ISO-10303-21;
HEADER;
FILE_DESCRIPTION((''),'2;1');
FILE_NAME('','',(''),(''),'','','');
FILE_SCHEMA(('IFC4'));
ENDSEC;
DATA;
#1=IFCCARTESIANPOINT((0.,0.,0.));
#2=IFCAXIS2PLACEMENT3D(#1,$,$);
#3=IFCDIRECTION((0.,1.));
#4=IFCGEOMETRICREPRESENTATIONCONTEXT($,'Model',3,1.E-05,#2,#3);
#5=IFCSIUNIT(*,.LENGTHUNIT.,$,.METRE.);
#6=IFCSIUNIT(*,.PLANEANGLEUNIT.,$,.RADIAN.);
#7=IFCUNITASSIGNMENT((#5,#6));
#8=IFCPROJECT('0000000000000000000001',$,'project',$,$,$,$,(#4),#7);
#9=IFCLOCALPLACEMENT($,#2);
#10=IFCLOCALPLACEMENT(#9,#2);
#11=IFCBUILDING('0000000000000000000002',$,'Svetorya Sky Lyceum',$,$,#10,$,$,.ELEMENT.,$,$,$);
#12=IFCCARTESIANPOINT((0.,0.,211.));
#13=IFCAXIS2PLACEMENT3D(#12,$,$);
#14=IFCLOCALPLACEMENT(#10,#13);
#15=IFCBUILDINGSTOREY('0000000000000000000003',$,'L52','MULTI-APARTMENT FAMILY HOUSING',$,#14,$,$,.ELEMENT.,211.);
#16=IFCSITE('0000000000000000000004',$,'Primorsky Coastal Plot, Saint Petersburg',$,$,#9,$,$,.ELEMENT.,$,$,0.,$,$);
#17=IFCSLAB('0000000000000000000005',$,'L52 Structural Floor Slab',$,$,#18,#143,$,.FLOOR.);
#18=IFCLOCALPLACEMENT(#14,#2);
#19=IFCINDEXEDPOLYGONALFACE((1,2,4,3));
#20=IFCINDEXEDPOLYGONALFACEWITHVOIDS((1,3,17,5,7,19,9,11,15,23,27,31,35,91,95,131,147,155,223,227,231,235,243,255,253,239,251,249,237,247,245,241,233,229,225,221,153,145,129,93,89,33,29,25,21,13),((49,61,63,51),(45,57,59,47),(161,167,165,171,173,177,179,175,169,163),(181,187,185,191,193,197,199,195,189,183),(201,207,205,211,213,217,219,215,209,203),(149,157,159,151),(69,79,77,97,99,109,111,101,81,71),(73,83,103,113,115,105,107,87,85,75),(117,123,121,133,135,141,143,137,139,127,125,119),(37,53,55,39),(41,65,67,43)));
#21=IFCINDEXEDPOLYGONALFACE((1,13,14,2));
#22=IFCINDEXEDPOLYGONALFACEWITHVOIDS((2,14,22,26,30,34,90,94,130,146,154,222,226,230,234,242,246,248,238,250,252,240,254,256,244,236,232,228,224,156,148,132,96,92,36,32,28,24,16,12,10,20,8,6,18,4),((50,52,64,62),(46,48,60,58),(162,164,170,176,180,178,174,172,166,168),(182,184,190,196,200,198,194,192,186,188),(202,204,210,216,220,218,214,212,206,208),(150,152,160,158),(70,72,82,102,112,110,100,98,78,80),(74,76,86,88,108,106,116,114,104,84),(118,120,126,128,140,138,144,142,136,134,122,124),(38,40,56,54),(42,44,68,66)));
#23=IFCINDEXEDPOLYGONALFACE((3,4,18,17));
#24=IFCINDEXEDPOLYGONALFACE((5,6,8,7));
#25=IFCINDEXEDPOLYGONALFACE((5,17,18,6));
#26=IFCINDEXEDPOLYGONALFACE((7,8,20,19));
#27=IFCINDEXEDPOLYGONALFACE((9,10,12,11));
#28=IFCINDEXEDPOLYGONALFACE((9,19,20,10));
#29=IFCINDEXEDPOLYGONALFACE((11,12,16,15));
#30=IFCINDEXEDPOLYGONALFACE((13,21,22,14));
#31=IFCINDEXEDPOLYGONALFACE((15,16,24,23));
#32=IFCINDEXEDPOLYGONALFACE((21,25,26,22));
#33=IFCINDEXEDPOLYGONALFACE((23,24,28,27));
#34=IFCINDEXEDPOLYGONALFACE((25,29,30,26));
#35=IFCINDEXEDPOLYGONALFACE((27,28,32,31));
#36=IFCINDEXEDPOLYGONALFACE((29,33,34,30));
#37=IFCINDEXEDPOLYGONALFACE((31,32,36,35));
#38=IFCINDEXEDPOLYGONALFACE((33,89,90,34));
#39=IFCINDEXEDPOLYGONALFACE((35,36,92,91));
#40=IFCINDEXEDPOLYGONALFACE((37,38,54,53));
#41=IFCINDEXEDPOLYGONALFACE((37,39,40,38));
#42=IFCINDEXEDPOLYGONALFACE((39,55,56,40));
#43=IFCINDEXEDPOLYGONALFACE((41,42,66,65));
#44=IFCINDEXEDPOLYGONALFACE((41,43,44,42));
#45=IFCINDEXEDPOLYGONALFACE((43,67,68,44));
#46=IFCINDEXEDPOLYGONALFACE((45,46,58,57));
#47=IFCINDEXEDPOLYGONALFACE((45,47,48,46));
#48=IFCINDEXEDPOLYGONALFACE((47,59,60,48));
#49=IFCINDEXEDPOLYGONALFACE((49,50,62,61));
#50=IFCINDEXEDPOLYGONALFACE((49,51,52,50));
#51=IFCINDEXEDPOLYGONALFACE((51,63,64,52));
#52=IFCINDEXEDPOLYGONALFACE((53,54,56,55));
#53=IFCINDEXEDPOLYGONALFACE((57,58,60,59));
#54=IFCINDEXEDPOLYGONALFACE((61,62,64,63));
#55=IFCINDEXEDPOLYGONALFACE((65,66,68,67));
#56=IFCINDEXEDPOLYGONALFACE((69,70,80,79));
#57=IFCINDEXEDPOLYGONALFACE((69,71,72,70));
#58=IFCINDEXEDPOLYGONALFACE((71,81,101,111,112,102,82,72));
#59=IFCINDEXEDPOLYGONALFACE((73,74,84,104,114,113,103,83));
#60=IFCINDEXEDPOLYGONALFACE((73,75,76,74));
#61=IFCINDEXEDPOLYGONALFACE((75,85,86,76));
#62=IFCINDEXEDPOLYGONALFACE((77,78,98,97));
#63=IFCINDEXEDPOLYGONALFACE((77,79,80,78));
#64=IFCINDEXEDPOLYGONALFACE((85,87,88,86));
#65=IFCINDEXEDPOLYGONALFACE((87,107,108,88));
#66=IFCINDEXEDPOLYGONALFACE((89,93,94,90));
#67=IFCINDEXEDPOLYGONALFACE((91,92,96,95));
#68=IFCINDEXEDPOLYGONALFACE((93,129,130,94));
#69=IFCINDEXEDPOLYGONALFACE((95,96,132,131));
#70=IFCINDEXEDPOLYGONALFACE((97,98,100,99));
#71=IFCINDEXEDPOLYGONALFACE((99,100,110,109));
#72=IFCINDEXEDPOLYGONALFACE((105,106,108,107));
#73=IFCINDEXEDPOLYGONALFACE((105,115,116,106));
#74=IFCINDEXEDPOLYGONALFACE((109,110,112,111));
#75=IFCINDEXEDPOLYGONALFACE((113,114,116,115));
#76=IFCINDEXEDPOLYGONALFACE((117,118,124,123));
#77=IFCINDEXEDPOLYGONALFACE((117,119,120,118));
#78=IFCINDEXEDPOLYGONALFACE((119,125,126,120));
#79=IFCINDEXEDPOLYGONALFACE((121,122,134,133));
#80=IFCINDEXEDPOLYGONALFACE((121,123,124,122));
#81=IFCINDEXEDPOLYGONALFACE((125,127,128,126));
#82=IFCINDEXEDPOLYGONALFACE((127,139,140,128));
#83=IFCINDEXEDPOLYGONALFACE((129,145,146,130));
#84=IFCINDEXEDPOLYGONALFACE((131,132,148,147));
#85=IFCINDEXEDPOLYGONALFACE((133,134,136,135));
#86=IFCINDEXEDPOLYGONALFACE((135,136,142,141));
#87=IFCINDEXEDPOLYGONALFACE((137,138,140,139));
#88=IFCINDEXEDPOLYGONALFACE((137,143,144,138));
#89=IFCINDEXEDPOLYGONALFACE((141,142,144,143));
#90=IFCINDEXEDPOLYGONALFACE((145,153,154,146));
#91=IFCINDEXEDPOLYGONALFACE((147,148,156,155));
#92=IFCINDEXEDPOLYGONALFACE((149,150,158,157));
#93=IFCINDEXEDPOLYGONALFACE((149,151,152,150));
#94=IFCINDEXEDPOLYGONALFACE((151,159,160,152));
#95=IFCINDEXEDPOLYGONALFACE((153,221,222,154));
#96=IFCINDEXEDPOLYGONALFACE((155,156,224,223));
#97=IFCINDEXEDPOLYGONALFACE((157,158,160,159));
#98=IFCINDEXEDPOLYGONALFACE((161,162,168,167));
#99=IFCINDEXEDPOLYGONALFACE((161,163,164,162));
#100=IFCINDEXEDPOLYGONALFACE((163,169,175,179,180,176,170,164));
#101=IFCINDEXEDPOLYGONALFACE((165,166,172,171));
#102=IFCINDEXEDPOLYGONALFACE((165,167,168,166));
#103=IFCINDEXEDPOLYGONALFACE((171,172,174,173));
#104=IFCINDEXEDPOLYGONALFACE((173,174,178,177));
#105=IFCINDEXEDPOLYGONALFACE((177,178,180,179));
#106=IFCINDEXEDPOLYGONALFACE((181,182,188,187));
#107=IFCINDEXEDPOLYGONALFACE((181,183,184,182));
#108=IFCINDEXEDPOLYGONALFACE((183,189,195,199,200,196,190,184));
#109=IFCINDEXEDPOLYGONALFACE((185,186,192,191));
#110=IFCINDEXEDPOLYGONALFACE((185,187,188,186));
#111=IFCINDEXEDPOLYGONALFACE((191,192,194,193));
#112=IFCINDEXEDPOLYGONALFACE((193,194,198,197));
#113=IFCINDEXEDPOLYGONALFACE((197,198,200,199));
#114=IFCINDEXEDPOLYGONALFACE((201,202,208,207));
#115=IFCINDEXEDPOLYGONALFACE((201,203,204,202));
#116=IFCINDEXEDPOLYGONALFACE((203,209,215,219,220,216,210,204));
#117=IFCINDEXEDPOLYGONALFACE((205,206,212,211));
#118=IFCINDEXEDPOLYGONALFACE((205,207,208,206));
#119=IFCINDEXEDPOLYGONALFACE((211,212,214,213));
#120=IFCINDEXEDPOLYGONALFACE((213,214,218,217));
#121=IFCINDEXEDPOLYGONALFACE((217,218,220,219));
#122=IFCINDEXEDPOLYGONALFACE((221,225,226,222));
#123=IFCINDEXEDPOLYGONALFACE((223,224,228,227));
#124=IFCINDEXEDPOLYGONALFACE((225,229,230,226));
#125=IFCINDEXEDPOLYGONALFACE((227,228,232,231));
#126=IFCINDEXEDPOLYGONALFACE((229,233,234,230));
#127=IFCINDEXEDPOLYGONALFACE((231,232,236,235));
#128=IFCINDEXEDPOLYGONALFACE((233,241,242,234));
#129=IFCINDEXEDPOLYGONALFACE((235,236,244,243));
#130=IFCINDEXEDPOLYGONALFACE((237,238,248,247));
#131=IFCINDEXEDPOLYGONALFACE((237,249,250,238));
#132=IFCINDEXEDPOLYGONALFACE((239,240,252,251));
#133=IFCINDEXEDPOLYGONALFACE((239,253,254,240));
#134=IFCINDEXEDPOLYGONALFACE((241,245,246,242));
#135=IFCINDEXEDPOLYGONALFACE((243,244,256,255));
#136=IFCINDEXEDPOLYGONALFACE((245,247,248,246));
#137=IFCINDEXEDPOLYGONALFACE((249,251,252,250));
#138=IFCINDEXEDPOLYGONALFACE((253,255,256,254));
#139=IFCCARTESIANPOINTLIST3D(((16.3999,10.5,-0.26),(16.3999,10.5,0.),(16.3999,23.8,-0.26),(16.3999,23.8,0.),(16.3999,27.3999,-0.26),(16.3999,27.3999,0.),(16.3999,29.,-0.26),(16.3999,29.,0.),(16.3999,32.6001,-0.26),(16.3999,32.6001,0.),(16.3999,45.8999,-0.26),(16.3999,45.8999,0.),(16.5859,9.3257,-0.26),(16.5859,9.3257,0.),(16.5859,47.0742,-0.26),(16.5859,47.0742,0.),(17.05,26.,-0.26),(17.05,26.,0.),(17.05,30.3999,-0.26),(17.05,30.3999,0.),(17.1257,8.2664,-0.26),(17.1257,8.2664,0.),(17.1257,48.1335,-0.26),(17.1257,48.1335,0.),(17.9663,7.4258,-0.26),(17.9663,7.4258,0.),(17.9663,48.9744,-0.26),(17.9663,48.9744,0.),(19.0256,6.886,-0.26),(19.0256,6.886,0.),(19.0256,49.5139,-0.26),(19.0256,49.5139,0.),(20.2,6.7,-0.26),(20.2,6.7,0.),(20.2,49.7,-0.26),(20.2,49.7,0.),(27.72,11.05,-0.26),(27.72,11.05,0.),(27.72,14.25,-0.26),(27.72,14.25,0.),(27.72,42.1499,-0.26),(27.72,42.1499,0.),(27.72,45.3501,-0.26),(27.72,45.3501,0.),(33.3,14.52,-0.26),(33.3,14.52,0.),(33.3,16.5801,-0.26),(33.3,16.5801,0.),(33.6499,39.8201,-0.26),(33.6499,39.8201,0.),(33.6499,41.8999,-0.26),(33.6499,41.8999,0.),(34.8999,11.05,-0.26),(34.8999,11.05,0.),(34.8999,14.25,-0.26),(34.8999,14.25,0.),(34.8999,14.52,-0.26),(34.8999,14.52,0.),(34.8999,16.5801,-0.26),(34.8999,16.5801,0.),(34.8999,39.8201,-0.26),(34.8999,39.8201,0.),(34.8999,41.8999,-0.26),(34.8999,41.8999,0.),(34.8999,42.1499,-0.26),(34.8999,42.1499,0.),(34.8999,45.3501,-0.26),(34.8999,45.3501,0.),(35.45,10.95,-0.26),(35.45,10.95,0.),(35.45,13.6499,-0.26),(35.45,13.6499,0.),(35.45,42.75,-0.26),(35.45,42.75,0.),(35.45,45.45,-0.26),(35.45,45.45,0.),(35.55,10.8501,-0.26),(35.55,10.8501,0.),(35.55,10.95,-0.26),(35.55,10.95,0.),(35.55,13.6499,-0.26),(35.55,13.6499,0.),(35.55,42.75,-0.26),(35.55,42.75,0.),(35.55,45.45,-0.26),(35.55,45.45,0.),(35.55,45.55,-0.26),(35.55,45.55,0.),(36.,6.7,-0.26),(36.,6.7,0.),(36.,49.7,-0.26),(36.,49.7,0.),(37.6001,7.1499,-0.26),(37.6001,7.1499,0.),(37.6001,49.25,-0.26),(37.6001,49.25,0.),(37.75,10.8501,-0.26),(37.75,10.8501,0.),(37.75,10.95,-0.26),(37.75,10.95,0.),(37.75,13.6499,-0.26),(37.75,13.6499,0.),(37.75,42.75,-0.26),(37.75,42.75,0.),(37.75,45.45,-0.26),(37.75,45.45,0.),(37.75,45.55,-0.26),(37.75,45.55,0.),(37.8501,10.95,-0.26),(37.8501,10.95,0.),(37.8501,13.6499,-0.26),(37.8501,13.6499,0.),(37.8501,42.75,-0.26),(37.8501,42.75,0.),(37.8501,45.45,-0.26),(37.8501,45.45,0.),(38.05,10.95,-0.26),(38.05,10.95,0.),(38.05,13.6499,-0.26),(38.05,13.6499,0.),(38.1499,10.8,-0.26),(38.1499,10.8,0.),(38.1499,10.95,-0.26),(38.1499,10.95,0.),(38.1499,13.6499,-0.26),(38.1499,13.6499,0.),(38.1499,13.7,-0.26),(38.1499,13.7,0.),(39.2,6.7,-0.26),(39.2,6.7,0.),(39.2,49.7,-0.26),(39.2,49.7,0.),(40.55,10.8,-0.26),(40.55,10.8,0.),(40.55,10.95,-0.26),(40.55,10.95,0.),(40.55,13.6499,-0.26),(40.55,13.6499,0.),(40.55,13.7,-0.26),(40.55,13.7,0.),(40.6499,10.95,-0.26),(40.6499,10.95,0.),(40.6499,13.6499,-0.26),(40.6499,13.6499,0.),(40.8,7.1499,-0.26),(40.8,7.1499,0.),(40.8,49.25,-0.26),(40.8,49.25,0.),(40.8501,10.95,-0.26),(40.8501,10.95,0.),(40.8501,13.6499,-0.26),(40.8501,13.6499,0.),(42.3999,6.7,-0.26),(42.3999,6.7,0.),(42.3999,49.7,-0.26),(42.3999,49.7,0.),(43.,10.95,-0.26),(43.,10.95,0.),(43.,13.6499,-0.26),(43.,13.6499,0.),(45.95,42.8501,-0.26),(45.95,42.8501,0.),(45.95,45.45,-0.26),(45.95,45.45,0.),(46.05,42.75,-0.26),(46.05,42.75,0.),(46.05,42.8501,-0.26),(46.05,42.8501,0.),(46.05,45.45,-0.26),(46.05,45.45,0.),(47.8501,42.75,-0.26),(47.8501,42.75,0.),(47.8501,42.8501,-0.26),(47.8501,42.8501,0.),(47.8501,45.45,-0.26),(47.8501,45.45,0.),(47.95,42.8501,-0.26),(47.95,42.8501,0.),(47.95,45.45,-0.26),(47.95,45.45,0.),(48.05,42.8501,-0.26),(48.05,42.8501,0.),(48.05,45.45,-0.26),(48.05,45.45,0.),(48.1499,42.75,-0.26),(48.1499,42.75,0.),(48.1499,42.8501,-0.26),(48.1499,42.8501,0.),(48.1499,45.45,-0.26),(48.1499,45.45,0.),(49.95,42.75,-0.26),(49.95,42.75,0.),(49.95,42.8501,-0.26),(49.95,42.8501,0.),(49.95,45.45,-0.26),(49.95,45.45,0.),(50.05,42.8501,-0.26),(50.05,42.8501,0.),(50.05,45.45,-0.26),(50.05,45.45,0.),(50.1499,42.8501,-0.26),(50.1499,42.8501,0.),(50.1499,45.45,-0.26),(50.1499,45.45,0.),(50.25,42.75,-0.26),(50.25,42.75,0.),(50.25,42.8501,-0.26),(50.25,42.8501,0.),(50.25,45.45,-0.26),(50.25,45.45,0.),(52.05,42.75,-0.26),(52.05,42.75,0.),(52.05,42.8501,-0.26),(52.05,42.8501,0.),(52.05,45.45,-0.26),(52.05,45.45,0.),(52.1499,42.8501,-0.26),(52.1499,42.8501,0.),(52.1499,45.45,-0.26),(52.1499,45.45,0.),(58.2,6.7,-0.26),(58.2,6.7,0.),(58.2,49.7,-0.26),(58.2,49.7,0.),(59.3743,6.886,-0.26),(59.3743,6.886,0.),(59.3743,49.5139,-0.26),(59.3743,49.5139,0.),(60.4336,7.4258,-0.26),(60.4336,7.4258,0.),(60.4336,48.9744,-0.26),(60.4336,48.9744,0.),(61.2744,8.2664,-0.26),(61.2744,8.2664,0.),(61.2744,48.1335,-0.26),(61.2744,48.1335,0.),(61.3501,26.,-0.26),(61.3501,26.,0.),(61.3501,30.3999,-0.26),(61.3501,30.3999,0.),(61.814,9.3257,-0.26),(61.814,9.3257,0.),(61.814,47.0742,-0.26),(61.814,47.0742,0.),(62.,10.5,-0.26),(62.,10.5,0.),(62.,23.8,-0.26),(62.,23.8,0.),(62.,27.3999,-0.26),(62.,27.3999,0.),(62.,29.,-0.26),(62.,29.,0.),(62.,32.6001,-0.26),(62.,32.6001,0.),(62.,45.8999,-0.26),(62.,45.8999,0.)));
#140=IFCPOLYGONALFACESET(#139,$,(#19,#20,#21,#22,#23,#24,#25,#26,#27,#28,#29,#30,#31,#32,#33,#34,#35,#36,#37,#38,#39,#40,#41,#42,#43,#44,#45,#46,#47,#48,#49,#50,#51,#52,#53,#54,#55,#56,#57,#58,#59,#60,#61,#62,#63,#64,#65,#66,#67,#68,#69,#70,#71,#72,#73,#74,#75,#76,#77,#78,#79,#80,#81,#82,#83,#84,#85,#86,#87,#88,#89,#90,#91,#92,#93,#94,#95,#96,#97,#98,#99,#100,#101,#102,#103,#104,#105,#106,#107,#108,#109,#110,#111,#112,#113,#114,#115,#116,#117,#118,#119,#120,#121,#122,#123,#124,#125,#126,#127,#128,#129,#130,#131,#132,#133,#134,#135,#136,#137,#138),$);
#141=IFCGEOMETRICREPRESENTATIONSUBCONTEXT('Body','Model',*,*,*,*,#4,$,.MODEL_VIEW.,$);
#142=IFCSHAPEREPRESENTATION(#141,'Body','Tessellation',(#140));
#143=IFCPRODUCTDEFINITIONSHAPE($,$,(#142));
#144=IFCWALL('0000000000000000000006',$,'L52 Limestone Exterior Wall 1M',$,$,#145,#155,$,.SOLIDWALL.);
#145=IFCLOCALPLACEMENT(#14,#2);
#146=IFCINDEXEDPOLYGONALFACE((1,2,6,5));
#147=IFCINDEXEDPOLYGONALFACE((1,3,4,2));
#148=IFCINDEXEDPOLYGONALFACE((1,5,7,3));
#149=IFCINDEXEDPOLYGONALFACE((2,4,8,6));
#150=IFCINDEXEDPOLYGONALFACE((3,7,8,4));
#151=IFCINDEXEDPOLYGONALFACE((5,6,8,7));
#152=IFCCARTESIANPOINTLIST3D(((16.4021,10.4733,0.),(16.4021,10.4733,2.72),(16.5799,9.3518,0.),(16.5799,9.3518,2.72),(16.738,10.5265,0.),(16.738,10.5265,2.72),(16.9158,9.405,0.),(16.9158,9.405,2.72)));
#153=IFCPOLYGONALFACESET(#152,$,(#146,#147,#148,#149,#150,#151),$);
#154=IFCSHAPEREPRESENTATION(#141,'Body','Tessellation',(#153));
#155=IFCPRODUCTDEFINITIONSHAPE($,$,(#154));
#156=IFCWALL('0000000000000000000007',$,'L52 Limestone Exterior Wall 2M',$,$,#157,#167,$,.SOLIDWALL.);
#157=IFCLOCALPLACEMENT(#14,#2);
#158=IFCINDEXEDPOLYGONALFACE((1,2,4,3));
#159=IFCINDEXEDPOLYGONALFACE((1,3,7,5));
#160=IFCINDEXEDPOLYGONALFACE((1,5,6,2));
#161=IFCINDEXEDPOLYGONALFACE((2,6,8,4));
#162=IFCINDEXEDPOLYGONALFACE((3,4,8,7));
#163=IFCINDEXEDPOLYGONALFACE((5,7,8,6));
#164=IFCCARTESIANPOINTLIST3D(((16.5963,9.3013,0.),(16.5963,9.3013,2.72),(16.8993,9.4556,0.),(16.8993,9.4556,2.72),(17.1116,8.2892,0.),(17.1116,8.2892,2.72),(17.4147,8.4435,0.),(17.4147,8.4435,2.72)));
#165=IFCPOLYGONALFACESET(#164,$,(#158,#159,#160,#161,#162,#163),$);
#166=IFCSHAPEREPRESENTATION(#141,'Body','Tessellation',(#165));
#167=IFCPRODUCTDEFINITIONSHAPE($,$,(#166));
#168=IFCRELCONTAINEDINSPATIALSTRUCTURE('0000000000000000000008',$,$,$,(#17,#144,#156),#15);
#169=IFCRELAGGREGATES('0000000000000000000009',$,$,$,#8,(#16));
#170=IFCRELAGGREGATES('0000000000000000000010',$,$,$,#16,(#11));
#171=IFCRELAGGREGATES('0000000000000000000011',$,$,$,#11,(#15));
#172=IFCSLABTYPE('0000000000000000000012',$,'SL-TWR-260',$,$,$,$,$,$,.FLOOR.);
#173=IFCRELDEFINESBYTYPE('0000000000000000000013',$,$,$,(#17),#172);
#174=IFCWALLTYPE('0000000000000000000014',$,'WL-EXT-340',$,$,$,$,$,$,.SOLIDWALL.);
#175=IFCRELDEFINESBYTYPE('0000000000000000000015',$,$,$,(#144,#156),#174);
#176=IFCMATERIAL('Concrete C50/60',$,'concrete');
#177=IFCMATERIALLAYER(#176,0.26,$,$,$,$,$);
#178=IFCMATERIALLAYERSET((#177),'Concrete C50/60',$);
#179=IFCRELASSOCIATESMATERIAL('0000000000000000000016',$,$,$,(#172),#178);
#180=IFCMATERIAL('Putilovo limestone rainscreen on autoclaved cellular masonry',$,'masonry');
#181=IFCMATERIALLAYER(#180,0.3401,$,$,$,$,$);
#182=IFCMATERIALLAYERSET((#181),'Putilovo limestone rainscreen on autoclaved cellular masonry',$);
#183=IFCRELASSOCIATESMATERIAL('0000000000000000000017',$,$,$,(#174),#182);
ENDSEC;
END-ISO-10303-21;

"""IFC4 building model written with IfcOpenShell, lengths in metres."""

from ifc_helpers import new_model, si_unit, direction, frame, frame_2d, origin, place, context, subcontext, project, spatial, polyline, rectangle, outline, extrude, material, layer, layer_set, type_object, element, save


model = new_model("IFC4")

# Units and contexts
model_context = context("Model", 3, precision=1e-05, world=origin(), true_north=direction((0.0, 1.0)))
body_context = subcontext(model_context, "Body", "Model", "MODEL_VIEW")
ifc_project = project(units=[si_unit("LENGTHUNIT", "METRE"), si_unit("PLANEANGLEUNIT", "RADIAN")], contexts=[model_context])

# Site, building, storey
site_placement = place(None, origin())
site = spatial("IfcSite", under=ifc_project, at=site_placement, Name="Primorsky Coastal Plot, Saint Petersburg", CompositionType="ELEMENT", RefElevation=0.0)
building_placement = place(site_placement, origin())
building = spatial("IfcBuilding", under=site, at=building_placement, Name="Svetorya Sky Lyceum", CompositionType="ELEMENT")
storey_placement = place(building_placement, frame((0.0, 0.0, 211.0)))
storey = spatial("IfcBuildingStorey", under=building, at=storey_placement, Name="L52", Description="MULTI-APARTMENT FAMILY HOUSING", CompositionType="ELEMENT", Elevation=211.0)

# Shared definitions
ifc_material_1 = material(Name="Concrete C50/60", Category="concrete")

# Slab
ifc_layer_1 = layer(ifc_material_1, 0.26)
ifc_layer_set_1 = layer_set([ifc_layer_1], Name="Concrete C50/60")
slab_type_1 = type_object("IfcSlabType", Name="SL-TWR-260", PredefinedType="FLOOR", material=ifc_layer_set_1)
slab_1_placement = place(storey_placement, frame((0.0, 0.0, -0.26)))
element("IfcSlab", 1, at=slab_1_placement, inside=storey, type_object=slab_type_1, Name="L52 Structural Floor Slab", PredefinedType="FLOOR", context=body_context, shape_type="SweptSolid", body=[
    extrude(outline(polyline([(16.3999, 10.5), (16.5859, 9.3257), (17.1257, 8.2664), (17.9663, 7.4258), (19.0256, 6.886), (20.2, 6.7), (36.0, 6.7), (37.6001, 7.1499), (39.2, 6.7), (40.8, 7.1499), (42.3999, 6.7), (58.2, 6.7), (59.3743, 6.886), (60.4336, 7.4258), (61.2744, 8.2664), (61.814, 9.3257), (62.0, 10.5), (62.0, 23.8), (61.3501, 26.0), (62.0, 27.3999), (62.0, 29.0), (61.3501, 30.3999), (62.0, 32.6001), (62.0, 45.8999), (61.814, 47.0742), (61.2744, 48.1335), (60.4336, 48.9744), (59.3743, 49.5139), (58.2, 49.7), (42.3999, 49.7), (40.8, 49.25), (39.2, 49.7), (37.6001, 49.25), (36.0, 49.7), (20.2, 49.7), (19.0256, 49.5139), (17.9663, 48.9744), (17.1257, 48.1335), (16.5859, 47.0742), (16.3999, 45.8999), (16.3999, 32.6001), (17.05, 30.3999), (16.3999, 29.0), (16.3999, 27.3999), (17.05, 26.0), (16.3999, 23.8), (16.3999, 10.5)]), holes=[polyline([(37.8501, 10.95), (37.75, 10.95), (37.75, 10.8501), (35.55, 10.8501), (35.55, 10.95), (35.45, 10.95), (35.45, 13.6499), (35.55, 13.6499), (37.75, 13.6499), (37.8501, 13.6499), (37.8501, 10.95)]), polyline([(38.1499, 10.8), (38.1499, 10.95), (38.05, 10.95), (38.05, 13.6499), (38.1499, 13.6499), (38.1499, 13.7), (40.55, 13.7), (40.55, 13.6499), (40.6499, 13.6499), (40.6499, 10.95), (40.55, 10.95), (40.55, 10.8), (38.1499, 10.8)]), polyline([(27.72, 11.05), (27.72, 14.25), (34.8999, 14.25), (34.8999, 11.05), (27.72, 11.05)]), polyline([(33.3, 14.52), (33.3, 16.5801), (34.8999, 16.5801), (34.8999, 14.52), (33.3, 14.52)]), polyline([(33.6499, 39.8201), (33.6499, 41.8999), (34.8999, 41.8999), (34.8999, 39.8201), (33.6499, 39.8201)]), polyline([(27.72, 42.1499), (27.72, 45.3501), (34.8999, 45.3501), (34.8999, 42.1499), (27.72, 42.1499)]), polyline([(37.75, 42.75), (35.55, 42.75), (35.45, 42.75), (35.45, 45.45), (35.55, 45.45), (35.55, 45.55), (37.75, 45.55), (37.75, 45.45), (37.8501, 45.45), (37.8501, 42.75), (37.75, 42.75)]), polyline([(40.8501, 10.95), (40.8501, 13.6499), (43.0, 13.6499), (43.0, 10.95), (40.8501, 10.95)]), polyline([(46.05, 42.75), (46.05, 42.8501), (45.95, 42.8501), (45.95, 45.45), (46.05, 45.45), (47.8501, 45.45), (47.95, 45.45), (47.95, 42.8501), (47.8501, 42.8501), (47.8501, 42.75), (46.05, 42.75)]), polyline([(50.05, 42.8501), (49.95, 42.8501), (49.95, 42.75), (48.1499, 42.75), (48.1499, 42.8501), (48.05, 42.8501), (48.05, 45.45), (48.1499, 45.45), (49.95, 45.45), (50.05, 45.45), (50.05, 42.8501)]), polyline([(52.1499, 42.8501), (52.05, 42.8501), (52.05, 42.75), (50.25, 42.75), (50.25, 42.8501), (50.1499, 42.8501), (50.1499, 45.45), (50.25, 45.45), (52.05, 45.45), (52.1499, 45.45), (52.1499, 42.8501)])]), origin(), (0.0, 0.0, 1.0), 0.26),
])

# Walls
ifc_material_2 = material(Name="Putilovo limestone rainscreen on autoclaved cellular masonry", Category="masonry")
ifc_layer_2 = layer(ifc_material_2, 0.3401)
ifc_layer_set_2 = layer_set([ifc_layer_2], Name="Putilovo limestone rainscreen on autoclaved cellular masonry")
wall_type_1 = type_object("IfcWallType", Name="WL-EXT-340", PredefinedType="SOLIDWALL", material=ifc_layer_set_2)
wall_1_placement = place(storey_placement, frame((16.5701, 10.5, 0.0), z_axis=(0.0, 0.0, 1.0), x_axis=(0.156515, -0.987676, 0.0)))
element("IfcWall", 2, at=wall_1_placement, inside=storey, type_object=wall_type_1, Name="L52 Limestone Exterior Wall 1M", PredefinedType="SOLIDWALL", context=body_context, shape_type="SweptSolid", body=[
    extrude(rectangle(XDim=1.1355, YDim=0.3401, at=frame_2d((0.5679, 0.0))), origin(), (0.0, 0.0, 1.0), 2.72),
])
wall_2_placement = place(storey_placement, frame((16.7478, 9.3784, 0.0), z_axis=(0.0, 0.0, 1.0), x_axis=(0.453736, -0.891136, 0.0)))
element("IfcWall", 3, at=wall_2_placement, inside=storey, type_object=wall_type_1, Name="L52 Limestone Exterior Wall 2M", PredefinedType="SOLIDWALL", context=body_context, shape_type="SweptSolid", body=[
    extrude(rectangle(XDim=1.1357, YDim=0.3401, at=frame_2d((0.5679, 0.0))), origin(), (0.0, 0.0, 1.0), 2.72),
])

save(model, "model.ifc")
